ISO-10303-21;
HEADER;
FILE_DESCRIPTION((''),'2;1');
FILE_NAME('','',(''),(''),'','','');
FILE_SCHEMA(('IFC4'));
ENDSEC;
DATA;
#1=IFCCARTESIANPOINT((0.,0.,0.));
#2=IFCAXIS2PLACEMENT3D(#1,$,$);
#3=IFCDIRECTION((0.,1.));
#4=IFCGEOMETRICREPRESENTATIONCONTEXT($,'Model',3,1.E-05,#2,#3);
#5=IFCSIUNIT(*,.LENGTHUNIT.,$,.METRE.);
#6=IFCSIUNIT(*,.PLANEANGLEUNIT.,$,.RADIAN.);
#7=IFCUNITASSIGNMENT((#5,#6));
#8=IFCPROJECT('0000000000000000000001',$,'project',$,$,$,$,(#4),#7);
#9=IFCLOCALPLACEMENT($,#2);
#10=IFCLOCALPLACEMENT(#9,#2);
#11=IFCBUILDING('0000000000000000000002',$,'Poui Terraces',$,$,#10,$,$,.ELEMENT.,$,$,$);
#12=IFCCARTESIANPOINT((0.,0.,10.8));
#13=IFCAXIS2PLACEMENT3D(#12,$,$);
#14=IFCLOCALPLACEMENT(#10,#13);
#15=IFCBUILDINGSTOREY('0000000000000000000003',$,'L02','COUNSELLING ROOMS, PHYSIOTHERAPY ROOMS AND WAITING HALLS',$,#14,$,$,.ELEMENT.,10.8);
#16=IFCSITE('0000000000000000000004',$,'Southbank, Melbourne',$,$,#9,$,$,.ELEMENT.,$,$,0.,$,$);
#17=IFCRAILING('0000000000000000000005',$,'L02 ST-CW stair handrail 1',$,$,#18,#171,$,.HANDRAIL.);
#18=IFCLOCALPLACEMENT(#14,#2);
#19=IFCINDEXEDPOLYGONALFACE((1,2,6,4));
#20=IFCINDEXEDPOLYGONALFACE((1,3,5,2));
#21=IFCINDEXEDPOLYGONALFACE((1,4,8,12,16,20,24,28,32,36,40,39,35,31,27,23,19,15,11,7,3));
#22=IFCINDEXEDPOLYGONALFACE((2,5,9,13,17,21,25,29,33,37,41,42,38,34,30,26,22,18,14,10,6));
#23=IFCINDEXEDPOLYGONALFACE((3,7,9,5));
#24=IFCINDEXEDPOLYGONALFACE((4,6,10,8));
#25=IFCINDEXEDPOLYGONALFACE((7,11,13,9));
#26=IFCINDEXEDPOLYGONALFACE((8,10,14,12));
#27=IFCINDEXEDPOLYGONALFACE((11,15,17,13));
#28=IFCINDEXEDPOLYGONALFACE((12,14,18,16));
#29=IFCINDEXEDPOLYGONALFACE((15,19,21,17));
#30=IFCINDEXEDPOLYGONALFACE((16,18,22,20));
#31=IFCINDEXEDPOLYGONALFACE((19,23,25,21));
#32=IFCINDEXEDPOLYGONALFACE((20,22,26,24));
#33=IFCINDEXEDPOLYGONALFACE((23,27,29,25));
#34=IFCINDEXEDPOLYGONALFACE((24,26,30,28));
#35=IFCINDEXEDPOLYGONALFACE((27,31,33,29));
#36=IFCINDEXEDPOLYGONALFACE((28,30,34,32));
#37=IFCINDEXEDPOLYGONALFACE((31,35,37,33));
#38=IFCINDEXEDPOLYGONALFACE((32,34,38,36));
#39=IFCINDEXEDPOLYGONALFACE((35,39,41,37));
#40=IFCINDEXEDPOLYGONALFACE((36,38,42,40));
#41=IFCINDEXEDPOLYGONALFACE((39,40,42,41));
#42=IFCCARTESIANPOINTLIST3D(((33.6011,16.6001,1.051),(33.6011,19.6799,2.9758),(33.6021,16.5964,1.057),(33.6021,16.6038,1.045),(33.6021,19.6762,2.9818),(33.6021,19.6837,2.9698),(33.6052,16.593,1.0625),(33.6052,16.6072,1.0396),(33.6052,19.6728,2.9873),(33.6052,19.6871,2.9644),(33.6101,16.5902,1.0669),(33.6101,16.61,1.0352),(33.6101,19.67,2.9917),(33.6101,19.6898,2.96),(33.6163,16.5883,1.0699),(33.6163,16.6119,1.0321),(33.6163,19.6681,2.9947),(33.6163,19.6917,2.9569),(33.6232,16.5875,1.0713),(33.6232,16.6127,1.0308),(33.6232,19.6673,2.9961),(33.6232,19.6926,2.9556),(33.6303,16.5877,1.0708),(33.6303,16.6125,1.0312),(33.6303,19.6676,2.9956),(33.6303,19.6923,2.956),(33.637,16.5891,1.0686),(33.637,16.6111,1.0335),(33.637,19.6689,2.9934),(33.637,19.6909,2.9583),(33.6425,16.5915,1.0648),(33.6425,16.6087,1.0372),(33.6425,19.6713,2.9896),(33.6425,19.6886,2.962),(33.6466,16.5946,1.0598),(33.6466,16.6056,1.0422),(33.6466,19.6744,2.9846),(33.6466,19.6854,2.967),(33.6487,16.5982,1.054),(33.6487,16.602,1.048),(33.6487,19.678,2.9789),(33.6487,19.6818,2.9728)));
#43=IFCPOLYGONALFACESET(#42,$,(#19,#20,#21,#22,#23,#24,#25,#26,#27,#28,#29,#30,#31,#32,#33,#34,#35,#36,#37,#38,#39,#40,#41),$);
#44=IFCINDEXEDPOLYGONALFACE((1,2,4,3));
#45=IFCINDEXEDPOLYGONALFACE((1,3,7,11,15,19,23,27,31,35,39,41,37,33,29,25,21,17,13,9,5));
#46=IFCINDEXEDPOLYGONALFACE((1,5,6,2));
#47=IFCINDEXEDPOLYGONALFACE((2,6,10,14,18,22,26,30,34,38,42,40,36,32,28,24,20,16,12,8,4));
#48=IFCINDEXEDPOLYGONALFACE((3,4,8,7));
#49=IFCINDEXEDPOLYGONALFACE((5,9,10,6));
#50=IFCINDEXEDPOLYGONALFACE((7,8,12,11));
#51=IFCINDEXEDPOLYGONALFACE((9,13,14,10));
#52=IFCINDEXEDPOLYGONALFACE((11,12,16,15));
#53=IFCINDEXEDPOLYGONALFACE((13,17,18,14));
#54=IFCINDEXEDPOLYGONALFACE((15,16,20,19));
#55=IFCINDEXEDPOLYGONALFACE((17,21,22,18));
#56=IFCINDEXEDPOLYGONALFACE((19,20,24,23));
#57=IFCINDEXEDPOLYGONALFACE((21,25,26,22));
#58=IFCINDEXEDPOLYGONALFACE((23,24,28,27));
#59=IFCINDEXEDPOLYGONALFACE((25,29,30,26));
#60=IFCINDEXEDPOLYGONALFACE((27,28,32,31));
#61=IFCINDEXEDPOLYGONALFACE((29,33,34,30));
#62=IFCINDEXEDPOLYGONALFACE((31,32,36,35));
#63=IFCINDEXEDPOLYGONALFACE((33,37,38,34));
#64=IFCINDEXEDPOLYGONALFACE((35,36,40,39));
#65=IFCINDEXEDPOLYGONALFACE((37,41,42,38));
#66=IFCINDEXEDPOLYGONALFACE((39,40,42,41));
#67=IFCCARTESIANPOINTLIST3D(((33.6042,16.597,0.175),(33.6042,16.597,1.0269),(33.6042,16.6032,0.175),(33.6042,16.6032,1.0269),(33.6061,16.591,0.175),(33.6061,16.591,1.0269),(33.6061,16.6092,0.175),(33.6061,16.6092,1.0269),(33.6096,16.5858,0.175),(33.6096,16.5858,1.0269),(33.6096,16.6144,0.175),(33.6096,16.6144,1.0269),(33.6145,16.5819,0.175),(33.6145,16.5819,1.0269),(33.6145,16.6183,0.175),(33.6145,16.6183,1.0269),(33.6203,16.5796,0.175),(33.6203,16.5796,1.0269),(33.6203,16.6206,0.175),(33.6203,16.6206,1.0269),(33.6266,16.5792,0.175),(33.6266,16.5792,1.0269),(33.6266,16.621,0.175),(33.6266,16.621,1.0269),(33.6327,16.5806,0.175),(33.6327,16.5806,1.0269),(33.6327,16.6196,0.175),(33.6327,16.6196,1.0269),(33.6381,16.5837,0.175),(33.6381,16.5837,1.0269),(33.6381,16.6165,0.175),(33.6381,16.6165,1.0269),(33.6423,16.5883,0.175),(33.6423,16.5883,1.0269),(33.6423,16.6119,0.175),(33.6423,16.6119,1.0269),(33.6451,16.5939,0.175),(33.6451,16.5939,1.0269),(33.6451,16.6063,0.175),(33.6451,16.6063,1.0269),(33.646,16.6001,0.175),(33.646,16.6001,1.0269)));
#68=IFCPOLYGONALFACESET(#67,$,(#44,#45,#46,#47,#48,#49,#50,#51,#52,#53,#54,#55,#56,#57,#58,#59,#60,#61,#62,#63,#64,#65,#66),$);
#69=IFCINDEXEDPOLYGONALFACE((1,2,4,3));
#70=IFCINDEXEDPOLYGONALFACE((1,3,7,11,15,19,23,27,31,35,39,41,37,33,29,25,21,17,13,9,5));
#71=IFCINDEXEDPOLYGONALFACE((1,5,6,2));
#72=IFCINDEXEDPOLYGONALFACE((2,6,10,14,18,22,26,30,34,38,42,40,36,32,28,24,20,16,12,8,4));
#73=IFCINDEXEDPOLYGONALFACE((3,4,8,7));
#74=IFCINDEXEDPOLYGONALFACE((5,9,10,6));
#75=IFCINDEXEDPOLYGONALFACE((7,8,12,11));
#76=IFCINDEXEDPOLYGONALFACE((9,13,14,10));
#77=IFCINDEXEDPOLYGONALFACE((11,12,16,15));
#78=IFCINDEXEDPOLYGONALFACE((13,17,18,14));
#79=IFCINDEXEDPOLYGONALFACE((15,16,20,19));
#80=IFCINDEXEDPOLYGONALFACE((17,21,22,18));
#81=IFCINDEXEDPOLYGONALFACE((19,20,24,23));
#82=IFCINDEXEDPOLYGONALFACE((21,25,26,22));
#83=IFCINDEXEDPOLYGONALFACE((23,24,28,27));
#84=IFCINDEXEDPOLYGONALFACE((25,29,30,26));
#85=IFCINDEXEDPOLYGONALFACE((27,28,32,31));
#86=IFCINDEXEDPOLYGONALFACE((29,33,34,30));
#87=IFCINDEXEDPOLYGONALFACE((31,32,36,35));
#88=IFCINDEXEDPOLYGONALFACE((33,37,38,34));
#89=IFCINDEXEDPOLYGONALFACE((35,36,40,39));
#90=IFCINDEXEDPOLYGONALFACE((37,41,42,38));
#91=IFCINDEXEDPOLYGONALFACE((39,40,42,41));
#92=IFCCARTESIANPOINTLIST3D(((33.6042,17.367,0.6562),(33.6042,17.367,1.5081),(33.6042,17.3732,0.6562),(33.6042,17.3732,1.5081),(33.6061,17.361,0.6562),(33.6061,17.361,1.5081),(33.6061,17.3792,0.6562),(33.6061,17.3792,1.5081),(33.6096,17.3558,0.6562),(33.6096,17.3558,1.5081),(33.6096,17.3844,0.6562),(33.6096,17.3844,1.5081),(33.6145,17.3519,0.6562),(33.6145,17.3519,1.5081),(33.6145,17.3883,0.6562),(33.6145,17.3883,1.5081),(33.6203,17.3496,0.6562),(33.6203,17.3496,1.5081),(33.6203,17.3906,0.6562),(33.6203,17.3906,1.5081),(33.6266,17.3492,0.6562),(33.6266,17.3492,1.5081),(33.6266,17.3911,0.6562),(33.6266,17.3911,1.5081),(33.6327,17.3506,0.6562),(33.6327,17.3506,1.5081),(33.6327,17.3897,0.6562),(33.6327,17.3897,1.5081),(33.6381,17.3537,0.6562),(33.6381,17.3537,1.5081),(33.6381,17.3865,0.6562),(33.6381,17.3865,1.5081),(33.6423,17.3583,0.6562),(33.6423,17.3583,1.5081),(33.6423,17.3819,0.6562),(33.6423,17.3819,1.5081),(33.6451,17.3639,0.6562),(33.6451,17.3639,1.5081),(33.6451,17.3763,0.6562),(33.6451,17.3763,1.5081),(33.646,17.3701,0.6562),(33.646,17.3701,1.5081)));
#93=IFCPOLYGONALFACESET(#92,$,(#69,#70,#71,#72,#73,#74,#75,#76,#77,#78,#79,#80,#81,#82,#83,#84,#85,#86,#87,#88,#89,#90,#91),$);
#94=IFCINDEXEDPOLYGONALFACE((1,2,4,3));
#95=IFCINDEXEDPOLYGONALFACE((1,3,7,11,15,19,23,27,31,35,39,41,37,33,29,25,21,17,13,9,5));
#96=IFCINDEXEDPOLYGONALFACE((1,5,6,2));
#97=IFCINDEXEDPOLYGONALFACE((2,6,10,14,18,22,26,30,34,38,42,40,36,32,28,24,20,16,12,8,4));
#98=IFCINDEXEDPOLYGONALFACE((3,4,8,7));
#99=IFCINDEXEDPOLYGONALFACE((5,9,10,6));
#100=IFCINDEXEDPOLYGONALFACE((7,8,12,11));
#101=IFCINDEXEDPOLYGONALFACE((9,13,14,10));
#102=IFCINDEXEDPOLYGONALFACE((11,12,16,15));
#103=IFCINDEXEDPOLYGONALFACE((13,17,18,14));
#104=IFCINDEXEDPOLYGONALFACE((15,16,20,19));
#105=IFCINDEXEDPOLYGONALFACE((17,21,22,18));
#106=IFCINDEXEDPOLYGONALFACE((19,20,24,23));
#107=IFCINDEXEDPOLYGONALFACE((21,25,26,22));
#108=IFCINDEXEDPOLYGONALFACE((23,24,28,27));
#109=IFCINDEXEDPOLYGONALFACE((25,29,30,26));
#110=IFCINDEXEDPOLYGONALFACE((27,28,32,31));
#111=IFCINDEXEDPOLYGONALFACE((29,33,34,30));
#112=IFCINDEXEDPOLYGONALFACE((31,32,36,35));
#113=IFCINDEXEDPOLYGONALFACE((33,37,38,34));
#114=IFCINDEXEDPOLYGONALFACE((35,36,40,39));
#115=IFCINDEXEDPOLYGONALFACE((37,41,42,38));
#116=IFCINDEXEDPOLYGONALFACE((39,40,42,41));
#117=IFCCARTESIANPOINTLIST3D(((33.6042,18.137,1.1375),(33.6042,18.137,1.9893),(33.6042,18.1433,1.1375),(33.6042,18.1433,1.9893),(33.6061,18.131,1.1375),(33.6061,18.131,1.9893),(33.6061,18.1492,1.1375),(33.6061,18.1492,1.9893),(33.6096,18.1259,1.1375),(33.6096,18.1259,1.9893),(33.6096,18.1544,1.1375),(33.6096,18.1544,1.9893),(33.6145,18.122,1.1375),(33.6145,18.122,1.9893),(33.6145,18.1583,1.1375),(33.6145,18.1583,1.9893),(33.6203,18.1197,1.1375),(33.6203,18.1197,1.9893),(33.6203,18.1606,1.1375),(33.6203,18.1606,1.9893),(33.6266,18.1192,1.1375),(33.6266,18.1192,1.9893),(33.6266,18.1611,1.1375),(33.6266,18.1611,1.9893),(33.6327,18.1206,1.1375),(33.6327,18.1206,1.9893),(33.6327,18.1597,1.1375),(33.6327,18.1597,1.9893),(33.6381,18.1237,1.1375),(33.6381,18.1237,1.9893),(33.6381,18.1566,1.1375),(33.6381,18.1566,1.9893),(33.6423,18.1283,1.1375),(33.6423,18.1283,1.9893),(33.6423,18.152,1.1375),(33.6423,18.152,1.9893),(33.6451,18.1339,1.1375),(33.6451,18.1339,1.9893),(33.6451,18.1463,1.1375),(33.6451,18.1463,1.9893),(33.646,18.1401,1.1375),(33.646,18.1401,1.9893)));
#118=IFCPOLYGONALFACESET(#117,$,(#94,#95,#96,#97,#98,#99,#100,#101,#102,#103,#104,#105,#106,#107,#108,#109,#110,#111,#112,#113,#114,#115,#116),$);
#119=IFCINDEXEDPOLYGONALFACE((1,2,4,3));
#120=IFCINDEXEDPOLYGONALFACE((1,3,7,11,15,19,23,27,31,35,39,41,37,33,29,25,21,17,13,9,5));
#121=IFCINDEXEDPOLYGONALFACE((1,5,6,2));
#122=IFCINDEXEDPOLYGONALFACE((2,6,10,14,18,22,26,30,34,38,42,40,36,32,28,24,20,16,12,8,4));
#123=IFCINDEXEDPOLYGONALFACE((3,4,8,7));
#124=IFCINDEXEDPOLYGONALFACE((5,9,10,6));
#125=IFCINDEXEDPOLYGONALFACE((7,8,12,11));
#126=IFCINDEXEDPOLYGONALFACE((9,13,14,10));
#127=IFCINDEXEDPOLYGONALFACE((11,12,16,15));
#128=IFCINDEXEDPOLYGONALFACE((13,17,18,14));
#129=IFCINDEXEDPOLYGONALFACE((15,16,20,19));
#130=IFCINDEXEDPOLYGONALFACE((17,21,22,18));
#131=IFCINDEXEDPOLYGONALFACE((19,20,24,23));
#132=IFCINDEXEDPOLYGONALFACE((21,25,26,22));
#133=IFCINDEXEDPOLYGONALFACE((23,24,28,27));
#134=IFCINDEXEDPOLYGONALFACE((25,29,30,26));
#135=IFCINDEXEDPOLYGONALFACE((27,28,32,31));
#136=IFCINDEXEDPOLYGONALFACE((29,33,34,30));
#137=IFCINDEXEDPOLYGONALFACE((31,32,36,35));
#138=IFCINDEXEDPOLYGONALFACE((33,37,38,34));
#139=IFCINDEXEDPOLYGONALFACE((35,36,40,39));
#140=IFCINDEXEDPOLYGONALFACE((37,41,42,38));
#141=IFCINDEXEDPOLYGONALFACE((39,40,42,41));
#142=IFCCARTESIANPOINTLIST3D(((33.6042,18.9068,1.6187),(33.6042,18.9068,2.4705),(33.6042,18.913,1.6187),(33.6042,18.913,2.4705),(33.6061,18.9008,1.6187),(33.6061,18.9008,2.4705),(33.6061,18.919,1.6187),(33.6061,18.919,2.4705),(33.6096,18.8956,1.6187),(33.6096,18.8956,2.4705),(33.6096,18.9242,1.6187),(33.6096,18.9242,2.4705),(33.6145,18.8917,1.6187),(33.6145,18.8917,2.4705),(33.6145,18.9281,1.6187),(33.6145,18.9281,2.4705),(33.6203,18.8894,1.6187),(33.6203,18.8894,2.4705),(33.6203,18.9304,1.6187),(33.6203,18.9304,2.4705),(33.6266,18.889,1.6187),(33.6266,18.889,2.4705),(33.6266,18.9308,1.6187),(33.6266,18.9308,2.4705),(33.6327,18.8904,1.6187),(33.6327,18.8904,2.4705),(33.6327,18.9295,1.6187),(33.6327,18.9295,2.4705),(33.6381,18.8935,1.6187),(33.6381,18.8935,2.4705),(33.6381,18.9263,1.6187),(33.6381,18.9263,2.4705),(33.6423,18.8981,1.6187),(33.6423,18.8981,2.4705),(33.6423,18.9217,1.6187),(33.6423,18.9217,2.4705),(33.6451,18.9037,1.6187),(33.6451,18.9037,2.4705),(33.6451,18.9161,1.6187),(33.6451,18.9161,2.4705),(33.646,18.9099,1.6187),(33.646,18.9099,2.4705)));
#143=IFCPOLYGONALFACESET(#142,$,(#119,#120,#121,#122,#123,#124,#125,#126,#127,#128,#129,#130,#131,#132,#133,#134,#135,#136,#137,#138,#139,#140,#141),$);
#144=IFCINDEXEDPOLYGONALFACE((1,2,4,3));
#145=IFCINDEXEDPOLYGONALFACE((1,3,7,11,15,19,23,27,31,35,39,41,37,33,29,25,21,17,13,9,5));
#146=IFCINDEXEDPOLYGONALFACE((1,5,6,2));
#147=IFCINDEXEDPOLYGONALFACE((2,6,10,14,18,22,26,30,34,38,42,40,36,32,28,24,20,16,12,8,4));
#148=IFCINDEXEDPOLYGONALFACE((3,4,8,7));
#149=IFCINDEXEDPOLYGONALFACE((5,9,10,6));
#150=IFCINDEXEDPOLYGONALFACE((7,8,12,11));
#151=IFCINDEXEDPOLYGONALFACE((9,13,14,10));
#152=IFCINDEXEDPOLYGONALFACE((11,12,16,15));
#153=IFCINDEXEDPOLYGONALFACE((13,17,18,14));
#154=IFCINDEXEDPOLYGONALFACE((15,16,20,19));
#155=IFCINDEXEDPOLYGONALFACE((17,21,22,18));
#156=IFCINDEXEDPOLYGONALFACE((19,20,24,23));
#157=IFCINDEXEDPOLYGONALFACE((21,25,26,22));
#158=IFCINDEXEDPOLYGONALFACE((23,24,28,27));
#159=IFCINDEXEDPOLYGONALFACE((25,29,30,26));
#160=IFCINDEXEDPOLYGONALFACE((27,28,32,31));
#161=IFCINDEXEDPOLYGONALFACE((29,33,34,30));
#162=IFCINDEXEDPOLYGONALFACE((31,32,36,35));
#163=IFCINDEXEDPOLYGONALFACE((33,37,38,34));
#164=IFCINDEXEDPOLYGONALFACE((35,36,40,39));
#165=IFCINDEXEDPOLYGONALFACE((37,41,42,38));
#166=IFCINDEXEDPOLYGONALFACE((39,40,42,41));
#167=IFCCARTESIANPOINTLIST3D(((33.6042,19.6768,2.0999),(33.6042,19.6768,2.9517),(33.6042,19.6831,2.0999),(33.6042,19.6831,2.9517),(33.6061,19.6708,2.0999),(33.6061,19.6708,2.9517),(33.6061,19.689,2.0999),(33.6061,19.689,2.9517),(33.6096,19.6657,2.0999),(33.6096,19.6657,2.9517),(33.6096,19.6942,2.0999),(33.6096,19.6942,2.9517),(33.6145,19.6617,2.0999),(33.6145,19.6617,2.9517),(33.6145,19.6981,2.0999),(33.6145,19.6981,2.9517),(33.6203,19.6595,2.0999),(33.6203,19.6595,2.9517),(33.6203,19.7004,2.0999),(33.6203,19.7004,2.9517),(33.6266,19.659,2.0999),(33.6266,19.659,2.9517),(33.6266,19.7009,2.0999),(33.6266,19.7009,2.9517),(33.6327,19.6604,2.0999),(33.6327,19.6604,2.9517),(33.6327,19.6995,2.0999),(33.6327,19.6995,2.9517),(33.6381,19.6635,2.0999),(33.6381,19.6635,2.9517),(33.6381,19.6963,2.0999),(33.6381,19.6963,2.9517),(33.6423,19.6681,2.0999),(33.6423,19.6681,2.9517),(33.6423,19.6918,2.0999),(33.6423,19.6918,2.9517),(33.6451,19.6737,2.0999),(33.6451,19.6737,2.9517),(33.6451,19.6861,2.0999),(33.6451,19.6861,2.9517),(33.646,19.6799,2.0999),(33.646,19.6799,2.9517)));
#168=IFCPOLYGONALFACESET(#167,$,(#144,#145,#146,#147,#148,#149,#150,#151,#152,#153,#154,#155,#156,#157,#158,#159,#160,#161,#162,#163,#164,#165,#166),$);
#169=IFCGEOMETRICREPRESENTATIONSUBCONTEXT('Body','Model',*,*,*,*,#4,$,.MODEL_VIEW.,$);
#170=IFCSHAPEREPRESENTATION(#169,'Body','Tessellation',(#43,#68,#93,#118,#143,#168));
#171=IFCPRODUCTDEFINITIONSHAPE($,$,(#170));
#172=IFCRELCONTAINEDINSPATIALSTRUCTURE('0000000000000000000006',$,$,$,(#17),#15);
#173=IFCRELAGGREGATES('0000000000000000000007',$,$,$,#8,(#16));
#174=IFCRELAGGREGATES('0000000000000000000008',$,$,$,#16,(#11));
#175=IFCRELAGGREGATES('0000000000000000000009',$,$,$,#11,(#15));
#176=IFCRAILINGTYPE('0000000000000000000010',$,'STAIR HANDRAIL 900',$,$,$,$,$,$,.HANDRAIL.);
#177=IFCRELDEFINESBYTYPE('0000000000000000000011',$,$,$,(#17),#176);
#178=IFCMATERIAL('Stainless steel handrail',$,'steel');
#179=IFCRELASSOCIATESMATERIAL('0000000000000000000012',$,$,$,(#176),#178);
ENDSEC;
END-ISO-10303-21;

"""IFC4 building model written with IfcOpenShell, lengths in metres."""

from ifc_helpers import new_model, si_unit, direction, frame, origin, origin_2d, place, context, subcontext, project, spatial, circle, extrude, material, type_object, element, save


model = new_model("IFC4")

# Units and contexts
model_context = context("Model", 3, precision=1e-05, world=origin(), true_north=direction((0.0, 1.0)))
body_context = subcontext(model_context, "Body", "Model", "MODEL_VIEW")
ifc_project = project(units=[si_unit("LENGTHUNIT", "METRE"), si_unit("PLANEANGLEUNIT", "RADIAN")], contexts=[model_context])

# Site, building, storey
site_placement = place(None, origin())
site = spatial("IfcSite", under=ifc_project, at=site_placement, Name="Southbank, Melbourne", CompositionType="ELEMENT", RefElevation=0.0)
building_placement = place(site_placement, origin())
building = spatial("IfcBuilding", under=site, at=building_placement, Name="Poui Terraces", CompositionType="ELEMENT")
storey_placement = place(building_placement, frame((0.0, 0.0, 10.8)))
storey = spatial("IfcBuildingStorey", under=building, at=storey_placement, Name="L02", Description="COUNSELLING ROOMS, PHYSIOTHERAPY ROOMS AND WAITING HALLS", CompositionType="ELEMENT", Elevation=10.8)

# Railing
ifc_material_1 = material(Name="Stainless steel handrail", Category="steel")
railing_type = type_object("IfcRailingType", Name="STAIR HANDRAIL 900", PredefinedType="HANDRAIL", material=ifc_material_1)
railing_placement = place(storey_placement, frame((33.625, 16.6001, 0.175)))
element("IfcRailing", 1, at=railing_placement, inside=storey, type_object=railing_type, Name="L02 ST-CW stair handrail 1", PredefinedType="HANDRAIL", context=body_context, shape_type="SweptSolid", body=[
    extrude(circle(Radius=0.0239, at=origin_2d()), frame((0.0, 0.0, 0.876), z_axis=(0.0, 0.84801, 0.529981), x_axis=(-1.0, 0.0, 0.0)), (0.0, 0.0, 1.0), 3.6318),
    extrude(circle(Radius=0.021, at=origin_2d()), origin(), (0.0, 0.0, 1.0), 0.8518),
    extrude(circle(Radius=0.021, at=origin_2d()), frame((0.0, 0.77, 0.4812)), (0.0, 0.0, 1.0), 0.8518),
    extrude(circle(Radius=0.021, at=origin_2d()), frame((0.0, 1.54, 0.9624)), (0.0, 0.0, 1.0), 0.8518),
    extrude(circle(Radius=0.021, at=origin_2d()), frame((0.0, 2.3098, 1.4436)), (0.0, 0.0, 1.0), 0.8518),
    extrude(circle(Radius=0.021, at=origin_2d()), frame((0.0, 3.0798, 1.9248)), (0.0, 0.0, 1.0), 0.8518),
])

save(model, "model.ifc")
